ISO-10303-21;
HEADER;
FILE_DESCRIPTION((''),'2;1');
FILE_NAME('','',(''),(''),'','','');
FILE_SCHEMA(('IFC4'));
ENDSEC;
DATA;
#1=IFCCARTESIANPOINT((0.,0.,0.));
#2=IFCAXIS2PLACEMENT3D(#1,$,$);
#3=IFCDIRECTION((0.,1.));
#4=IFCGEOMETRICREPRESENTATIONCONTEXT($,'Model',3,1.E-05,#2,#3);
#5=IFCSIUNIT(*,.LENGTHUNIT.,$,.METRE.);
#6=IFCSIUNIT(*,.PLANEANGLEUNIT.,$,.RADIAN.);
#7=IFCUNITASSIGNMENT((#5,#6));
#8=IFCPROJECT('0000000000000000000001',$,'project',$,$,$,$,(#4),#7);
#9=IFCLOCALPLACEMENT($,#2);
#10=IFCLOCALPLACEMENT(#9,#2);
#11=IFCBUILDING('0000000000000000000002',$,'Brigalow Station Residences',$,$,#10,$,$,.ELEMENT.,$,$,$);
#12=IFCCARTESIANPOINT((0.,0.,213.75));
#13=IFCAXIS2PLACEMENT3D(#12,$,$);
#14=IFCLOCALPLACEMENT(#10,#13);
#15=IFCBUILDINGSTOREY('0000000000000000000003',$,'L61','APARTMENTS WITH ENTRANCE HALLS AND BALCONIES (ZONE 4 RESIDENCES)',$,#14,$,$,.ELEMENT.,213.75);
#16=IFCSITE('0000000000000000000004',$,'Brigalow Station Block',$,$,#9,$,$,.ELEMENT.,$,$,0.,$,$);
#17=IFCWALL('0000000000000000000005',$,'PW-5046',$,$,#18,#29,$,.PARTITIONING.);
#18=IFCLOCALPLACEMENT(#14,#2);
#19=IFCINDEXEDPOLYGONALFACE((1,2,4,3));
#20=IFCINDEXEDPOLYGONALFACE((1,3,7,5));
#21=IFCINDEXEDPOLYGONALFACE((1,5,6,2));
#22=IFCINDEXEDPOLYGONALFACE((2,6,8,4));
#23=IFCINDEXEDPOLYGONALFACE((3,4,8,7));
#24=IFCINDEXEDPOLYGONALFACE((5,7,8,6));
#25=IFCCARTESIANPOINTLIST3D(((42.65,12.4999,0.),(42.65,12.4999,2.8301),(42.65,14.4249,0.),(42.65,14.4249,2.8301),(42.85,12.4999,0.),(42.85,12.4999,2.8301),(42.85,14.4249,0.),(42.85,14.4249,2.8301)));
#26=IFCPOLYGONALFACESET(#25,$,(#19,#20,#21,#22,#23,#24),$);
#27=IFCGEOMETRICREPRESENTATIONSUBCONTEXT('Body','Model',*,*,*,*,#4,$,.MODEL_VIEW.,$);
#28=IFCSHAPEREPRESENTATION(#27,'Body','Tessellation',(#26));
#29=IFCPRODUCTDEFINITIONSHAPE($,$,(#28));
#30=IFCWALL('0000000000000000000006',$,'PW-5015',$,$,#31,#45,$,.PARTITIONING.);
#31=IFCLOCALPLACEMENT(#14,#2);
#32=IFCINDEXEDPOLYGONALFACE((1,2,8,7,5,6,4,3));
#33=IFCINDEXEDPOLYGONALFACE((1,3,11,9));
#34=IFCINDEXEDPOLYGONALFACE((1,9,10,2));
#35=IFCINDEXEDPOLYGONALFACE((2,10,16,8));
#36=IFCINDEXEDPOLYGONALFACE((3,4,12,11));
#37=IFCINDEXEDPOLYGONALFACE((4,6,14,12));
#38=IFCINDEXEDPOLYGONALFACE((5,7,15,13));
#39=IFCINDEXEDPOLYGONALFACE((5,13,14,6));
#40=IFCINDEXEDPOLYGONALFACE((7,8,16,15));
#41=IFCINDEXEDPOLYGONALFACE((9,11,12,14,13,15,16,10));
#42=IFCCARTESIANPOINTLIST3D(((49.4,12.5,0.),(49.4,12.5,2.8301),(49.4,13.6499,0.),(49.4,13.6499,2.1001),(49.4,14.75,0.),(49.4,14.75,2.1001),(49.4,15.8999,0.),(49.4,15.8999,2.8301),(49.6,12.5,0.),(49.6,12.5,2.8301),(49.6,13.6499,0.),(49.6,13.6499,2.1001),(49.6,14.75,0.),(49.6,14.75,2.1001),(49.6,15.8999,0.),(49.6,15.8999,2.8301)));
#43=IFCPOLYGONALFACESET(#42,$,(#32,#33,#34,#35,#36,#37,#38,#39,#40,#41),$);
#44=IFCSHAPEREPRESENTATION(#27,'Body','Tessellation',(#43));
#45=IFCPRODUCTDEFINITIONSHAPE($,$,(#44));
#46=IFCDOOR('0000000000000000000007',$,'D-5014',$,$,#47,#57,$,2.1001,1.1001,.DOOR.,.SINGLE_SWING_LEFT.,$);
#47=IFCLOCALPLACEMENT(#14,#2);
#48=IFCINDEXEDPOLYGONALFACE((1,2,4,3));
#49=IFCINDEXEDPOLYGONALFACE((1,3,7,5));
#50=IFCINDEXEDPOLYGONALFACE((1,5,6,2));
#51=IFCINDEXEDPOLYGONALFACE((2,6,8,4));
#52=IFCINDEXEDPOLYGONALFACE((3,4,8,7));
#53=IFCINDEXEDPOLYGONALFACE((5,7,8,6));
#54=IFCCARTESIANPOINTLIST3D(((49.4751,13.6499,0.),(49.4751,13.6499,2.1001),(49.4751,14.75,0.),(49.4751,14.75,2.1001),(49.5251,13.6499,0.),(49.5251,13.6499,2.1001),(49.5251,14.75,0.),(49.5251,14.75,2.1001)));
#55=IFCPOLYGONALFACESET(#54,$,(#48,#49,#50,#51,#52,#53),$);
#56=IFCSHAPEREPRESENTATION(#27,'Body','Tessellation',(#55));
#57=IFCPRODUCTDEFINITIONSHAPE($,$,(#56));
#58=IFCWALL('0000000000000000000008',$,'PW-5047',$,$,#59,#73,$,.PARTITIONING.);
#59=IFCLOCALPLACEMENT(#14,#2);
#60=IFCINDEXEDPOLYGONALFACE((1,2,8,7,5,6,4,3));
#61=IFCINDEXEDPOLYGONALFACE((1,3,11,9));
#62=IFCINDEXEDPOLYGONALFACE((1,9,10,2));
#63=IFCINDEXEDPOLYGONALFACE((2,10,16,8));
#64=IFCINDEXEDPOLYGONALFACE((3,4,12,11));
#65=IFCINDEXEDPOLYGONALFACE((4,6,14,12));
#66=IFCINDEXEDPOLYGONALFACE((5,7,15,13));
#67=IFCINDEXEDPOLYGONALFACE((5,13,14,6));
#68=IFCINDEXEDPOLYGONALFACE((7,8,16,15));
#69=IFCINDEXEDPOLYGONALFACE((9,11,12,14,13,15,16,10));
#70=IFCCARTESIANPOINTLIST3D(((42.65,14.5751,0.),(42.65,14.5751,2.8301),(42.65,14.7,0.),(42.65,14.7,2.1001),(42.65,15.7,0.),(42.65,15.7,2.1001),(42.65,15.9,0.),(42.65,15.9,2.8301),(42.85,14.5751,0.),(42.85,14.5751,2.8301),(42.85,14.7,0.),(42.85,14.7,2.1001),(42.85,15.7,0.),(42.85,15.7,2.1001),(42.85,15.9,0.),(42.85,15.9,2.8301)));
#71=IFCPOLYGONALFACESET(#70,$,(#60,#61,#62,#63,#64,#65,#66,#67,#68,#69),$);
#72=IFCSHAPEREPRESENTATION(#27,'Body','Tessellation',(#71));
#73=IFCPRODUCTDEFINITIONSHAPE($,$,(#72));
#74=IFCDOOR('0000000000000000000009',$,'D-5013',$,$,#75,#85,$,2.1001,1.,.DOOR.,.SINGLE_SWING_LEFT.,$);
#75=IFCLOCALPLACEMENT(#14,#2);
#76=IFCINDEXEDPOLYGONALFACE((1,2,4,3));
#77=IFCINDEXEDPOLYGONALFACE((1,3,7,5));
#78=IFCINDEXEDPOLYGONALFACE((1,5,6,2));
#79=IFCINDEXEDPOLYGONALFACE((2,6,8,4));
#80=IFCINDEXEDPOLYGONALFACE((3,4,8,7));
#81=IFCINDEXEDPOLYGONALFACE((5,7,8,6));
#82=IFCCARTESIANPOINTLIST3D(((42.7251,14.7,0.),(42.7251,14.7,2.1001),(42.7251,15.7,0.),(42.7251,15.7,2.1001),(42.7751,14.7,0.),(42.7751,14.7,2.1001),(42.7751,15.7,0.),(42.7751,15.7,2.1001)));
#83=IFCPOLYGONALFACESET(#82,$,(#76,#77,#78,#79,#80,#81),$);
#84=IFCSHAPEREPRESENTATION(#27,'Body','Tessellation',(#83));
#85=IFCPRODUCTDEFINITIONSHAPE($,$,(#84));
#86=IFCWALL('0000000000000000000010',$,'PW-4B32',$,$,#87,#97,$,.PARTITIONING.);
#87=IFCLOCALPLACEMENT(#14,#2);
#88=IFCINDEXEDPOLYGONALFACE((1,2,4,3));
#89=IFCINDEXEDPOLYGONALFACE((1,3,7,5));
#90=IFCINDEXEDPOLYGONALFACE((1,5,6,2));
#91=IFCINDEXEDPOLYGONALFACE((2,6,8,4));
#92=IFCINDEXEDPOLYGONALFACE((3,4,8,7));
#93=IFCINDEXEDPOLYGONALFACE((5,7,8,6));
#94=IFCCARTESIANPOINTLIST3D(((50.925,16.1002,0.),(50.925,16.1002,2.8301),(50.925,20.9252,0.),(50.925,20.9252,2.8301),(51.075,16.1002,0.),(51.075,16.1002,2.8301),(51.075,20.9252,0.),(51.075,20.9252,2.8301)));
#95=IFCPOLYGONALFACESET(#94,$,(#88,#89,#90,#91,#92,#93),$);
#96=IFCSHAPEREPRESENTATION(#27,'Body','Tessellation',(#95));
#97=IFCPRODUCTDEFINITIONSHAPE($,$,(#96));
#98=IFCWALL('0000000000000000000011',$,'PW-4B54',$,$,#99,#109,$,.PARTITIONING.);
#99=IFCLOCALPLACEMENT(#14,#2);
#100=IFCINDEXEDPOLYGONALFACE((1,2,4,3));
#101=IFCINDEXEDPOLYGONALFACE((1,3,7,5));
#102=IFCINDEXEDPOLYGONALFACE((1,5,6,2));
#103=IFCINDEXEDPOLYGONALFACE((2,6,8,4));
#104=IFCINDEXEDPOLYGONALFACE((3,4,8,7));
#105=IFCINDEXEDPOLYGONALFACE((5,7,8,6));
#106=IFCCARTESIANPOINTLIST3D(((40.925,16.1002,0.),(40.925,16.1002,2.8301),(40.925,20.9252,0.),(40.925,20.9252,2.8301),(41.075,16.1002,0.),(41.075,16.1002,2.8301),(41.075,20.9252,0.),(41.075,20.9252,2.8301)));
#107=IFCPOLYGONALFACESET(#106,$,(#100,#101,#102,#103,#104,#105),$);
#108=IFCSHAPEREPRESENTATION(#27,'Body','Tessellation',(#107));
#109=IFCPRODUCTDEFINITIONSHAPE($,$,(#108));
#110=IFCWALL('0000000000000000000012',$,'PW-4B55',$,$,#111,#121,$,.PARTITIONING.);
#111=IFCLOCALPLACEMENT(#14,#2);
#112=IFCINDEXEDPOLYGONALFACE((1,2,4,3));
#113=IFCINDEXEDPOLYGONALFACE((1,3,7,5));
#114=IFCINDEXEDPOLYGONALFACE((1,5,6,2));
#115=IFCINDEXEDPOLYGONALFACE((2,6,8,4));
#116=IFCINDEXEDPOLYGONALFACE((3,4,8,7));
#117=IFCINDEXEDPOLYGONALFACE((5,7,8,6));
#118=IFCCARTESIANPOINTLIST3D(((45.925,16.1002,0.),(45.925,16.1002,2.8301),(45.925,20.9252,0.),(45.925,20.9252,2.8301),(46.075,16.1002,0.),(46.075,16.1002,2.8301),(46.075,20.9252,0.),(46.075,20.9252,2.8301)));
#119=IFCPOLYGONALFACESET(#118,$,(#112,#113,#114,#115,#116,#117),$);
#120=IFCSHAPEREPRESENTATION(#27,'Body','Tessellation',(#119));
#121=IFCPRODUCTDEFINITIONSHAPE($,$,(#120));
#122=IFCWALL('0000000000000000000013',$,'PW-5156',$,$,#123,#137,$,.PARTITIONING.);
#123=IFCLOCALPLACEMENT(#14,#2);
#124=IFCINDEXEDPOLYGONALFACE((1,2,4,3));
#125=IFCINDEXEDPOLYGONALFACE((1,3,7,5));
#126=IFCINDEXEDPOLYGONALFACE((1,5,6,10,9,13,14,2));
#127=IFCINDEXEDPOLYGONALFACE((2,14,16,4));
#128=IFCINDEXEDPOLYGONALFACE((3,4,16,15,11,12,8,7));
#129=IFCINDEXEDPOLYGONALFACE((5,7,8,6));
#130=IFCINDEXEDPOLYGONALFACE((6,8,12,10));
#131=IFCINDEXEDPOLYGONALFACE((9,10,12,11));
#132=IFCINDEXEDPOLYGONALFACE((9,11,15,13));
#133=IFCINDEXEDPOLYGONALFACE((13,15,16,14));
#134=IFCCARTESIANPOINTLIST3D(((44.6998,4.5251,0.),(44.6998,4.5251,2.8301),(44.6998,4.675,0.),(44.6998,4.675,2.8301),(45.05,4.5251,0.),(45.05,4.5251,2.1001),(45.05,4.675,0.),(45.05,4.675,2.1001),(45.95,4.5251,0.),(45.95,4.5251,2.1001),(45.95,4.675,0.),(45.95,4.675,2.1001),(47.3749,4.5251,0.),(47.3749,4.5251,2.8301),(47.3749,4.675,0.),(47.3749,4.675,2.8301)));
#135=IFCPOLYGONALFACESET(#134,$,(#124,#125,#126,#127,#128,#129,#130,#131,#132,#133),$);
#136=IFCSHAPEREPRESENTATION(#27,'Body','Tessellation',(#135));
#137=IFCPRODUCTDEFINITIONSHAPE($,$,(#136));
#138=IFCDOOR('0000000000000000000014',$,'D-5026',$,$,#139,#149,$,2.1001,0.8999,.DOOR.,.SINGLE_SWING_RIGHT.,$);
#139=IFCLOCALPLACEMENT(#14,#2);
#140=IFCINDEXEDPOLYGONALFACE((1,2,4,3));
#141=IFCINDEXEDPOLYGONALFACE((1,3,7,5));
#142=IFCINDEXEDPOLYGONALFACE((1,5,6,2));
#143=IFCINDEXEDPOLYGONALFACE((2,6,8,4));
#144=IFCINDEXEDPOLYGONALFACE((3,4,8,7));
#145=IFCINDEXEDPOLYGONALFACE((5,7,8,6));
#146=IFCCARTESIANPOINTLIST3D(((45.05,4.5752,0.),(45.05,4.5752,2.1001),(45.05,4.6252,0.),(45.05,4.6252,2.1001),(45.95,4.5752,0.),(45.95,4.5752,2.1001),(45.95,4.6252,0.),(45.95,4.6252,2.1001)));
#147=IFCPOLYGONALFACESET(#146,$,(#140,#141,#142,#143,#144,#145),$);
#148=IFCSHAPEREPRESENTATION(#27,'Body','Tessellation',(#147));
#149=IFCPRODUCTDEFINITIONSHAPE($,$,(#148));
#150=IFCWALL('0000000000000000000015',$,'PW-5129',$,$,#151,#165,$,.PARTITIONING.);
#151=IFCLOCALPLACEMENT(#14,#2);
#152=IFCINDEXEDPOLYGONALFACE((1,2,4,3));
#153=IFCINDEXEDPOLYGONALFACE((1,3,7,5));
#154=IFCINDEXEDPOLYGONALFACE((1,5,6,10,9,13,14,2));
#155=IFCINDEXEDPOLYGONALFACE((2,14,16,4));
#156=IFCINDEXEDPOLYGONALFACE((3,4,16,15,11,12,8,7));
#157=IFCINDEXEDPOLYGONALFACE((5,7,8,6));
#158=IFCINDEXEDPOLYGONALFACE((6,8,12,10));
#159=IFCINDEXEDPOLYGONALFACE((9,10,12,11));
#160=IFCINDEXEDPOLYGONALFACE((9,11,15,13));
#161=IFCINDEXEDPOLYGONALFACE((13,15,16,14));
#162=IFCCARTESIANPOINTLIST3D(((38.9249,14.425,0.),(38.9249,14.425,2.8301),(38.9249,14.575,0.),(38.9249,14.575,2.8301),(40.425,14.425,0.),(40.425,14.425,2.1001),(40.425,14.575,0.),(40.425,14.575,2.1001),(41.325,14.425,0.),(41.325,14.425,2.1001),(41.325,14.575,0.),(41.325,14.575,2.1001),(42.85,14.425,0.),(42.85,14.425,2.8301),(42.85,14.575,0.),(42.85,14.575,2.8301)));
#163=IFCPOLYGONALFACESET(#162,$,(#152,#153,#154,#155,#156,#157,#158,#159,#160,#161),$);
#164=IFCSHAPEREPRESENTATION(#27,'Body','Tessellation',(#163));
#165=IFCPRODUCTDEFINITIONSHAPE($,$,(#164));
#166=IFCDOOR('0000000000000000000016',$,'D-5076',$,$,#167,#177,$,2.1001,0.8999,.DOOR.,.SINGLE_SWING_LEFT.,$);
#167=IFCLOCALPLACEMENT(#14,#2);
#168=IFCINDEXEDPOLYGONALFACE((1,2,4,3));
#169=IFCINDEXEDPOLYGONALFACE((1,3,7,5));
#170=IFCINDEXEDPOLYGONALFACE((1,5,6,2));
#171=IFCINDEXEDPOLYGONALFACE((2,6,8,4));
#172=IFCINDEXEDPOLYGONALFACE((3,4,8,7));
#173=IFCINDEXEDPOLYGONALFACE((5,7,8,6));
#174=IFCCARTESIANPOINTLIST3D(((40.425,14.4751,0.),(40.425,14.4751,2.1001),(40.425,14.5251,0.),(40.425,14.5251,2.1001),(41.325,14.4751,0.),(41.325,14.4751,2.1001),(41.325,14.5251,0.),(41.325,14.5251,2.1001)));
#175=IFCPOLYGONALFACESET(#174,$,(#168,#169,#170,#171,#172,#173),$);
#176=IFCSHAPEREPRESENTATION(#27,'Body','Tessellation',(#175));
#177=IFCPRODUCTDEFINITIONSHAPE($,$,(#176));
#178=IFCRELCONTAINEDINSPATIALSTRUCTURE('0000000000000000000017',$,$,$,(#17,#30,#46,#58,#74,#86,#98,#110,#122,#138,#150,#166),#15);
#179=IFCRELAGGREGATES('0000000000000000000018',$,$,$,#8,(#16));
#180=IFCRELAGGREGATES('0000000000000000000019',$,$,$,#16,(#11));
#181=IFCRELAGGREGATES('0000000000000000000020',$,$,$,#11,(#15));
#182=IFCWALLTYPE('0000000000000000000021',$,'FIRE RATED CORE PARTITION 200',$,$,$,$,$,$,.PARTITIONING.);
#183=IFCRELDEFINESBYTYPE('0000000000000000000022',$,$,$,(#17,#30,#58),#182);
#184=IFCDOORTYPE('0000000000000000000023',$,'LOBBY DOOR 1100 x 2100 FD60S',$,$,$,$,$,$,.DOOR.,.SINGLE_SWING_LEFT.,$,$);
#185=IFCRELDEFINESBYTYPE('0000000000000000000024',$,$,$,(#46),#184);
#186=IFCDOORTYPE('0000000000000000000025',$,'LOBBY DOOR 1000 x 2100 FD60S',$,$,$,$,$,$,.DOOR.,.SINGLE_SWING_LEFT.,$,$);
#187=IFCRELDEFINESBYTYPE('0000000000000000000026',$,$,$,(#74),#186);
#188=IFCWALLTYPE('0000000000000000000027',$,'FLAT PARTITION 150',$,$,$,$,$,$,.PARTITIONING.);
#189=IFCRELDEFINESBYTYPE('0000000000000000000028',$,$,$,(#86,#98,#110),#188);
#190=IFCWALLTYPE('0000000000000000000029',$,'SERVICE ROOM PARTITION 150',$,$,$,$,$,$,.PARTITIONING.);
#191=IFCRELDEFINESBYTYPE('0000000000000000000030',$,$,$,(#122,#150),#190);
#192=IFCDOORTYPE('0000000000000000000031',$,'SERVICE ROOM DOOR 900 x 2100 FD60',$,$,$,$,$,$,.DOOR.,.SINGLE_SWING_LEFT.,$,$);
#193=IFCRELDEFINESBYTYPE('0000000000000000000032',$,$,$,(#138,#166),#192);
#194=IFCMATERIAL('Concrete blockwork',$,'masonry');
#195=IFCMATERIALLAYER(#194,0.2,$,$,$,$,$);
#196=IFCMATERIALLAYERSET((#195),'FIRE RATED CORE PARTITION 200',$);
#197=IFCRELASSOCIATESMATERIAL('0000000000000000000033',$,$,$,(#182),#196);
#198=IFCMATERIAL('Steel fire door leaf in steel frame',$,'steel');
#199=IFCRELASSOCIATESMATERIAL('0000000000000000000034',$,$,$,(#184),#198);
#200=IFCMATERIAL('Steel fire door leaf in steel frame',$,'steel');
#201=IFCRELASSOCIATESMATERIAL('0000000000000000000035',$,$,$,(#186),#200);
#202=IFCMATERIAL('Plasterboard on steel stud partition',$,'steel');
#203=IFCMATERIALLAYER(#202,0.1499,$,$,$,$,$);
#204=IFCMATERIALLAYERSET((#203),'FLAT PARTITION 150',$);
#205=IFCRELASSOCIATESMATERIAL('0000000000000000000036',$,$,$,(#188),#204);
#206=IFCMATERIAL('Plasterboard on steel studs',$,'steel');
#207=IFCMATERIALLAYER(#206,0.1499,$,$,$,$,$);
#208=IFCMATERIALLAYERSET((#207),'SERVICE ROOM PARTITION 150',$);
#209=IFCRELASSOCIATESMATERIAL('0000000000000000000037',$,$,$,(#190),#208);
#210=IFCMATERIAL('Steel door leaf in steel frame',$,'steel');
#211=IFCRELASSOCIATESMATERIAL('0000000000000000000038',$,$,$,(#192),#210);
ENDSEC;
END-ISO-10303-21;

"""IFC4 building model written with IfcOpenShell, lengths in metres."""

from ifc_helpers import new_model, si_unit, direction, frame, frame_2d, origin, place, context, subcontext, project, spatial, rectangle, extrude, material, layer, layer_set, type_object, element, fill, save


model = new_model("IFC4")

# Units and contexts
model_context = context("Model", 3, precision=1e-05, world=origin(), true_north=direction((0.0, 1.0)))
body_context = subcontext(model_context, "Body", "Model", "MODEL_VIEW")
ifc_project = project(units=[si_unit("LENGTHUNIT", "METRE"), si_unit("PLANEANGLEUNIT", "RADIAN")], contexts=[model_context])

# Site, building, storey
site_placement = place(None, origin())
site = spatial("IfcSite", under=ifc_project, at=site_placement, Name="Brigalow Station Block", CompositionType="ELEMENT", RefElevation=0.0)
building_placement = place(site_placement, origin())
building = spatial("IfcBuilding", under=site, at=building_placement, Name="Brigalow Station Residences", CompositionType="ELEMENT")
storey_placement = place(building_placement, frame((0.0, 0.0, 213.75)))
storey = spatial("IfcBuildingStorey", under=building, at=storey_placement, Name="L61", Description="APARTMENTS WITH ENTRANCE HALLS AND BALCONIES (ZONE 4 RESIDENCES)", CompositionType="ELEMENT", Elevation=213.75)

# Shared definitions
ifc_material_1 = material(Name="Concrete blockwork", Category="masonry")
ifc_layer_1 = layer(ifc_material_1, 0.2)
ifc_layer_set_1 = layer_set([ifc_layer_1], Name="FIRE RATED CORE PARTITION 200")
wall_type_1 = type_object("IfcWallType", Name="FIRE RATED CORE PARTITION 200", PredefinedType="PARTITIONING", material=ifc_layer_set_1)

# Wall
wall_1_placement = place(storey_placement, frame((42.75, 12.5, 0.0), z_axis=(0.0, 0.0, 1.0), x_axis=(0.0, 1.0, 0.0)))
element("IfcWall", 1, at=wall_1_placement, inside=storey, type_object=wall_type_1, Name="PW-5046", PredefinedType="PARTITIONING", context=body_context, shape_type="SweptSolid", body=[
    extrude(rectangle(XDim=1.925, YDim=0.2, at=frame_2d((0.9624, 0.0))), origin(), (0.0, 0.0, 1.0), 2.8301),
])

# Walls, openings, doors
wall_2_placement = place(storey_placement, frame((49.5, 12.5, 0.0), z_axis=(0.0, 0.0, 1.0), x_axis=(0.0, 1.0, 0.0)))
wall_2 = element("IfcWall", 2, at=wall_2_placement, inside=storey, type_object=wall_type_1, Name="PW-5015", PredefinedType="PARTITIONING", context=body_context, shape_type="SweptSolid", body=[
    extrude(rectangle(XDim=3.3999, YDim=0.2, at=frame_2d((1.7, 0.0))), origin(), (0.0, 0.0, 1.0), 2.8301),
])
opening_1_placement = place(wall_2_placement, frame((1.1499, 0.0, 0.0)))
opening_1 = element("IfcOpeningElement", 3, at=opening_1_placement, cuts=wall_2, PredefinedType="OPENING", context=body_context, shape_type="SweptSolid", body=[
    extrude(rectangle(XDim=1.1001, YDim=2.1001, at=frame_2d((0.55, 1.05))), frame((0.0, 0.1099, 0.0), z_axis=(0.0, -1.0, 0.0), x_axis=(1.0, 0.0, 0.0)), (0.0, 0.0, 1.0), 0.22),
])
ifc_material_2 = material(Name="Steel fire door leaf in steel frame", Category="steel")
door_type_1 = type_object("IfcDoorType", Name="LOBBY DOOR 1100 x 2100 FD60S", OperationType="SINGLE_SWING_LEFT", PredefinedType="DOOR", material=ifc_material_2)
door_1_placement = place(opening_1_placement, origin())
door_1 = element("IfcDoor", 4, at=door_1_placement, inside=storey, type_object=door_type_1, Name="D-5014", OperationType="SINGLE_SWING_LEFT", OverallHeight=2.1001, OverallWidth=1.1001, PredefinedType="DOOR", context=body_context, shape_type="SweptSolid", body=[
    extrude(rectangle(XDim=1.1001, YDim=2.1001, at=frame_2d((0.55, 1.05))), frame((0.0, 0.0249, 0.0), z_axis=(0.0, -1.0, 0.0), x_axis=(1.0, 0.0, 0.0)), (0.0, 0.0, 1.0), 0.05),
])
fill(opening_1, door_1)
wall_3_placement = place(storey_placement, frame((42.75, 14.575, 0.0), z_axis=(0.0, 0.0, 1.0), x_axis=(0.0, 1.0, 0.0)))
wall_3 = element("IfcWall", 5, at=wall_3_placement, inside=storey, type_object=wall_type_1, Name="PW-5047", PredefinedType="PARTITIONING", context=body_context, shape_type="SweptSolid", body=[
    extrude(rectangle(XDim=1.325, YDim=0.2, at=frame_2d((0.6626, 0.0))), origin(), (0.0, 0.0, 1.0), 2.8301),
])
opening_2_placement = place(wall_3_placement, frame((0.125, 0.0, 0.0)))
opening_2 = element("IfcOpeningElement", 6, at=opening_2_placement, cuts=wall_3, PredefinedType="OPENING", context=body_context, shape_type="SweptSolid", body=[
    extrude(rectangle(XDim=1.0, YDim=2.1001, at=frame_2d((0.5, 1.05))), frame((0.0, 0.1099, 0.0), z_axis=(0.0, -1.0, 0.0), x_axis=(1.0, 0.0, 0.0)), (0.0, 0.0, 1.0), 0.22),
])
ifc_material_3 = material(Name="Steel fire door leaf in steel frame", Category="steel")
door_type_2 = type_object("IfcDoorType", Name="LOBBY DOOR 1000 x 2100 FD60S", OperationType="SINGLE_SWING_LEFT", PredefinedType="DOOR", material=ifc_material_3)
door_2_placement = place(opening_2_placement, origin())
door_2 = element("IfcDoor", 7, at=door_2_placement, inside=storey, type_object=door_type_2, Name="D-5013", OperationType="SINGLE_SWING_LEFT", OverallHeight=2.1001, OverallWidth=1.0, PredefinedType="DOOR", context=body_context, shape_type="SweptSolid", body=[
    extrude(rectangle(XDim=1.0, YDim=2.1001, at=frame_2d((0.5, 1.05))), frame((0.0, 0.0249, 0.0), z_axis=(0.0, -1.0, 0.0), x_axis=(1.0, 0.0, 0.0)), (0.0, 0.0, 1.0), 0.05),
])
fill(opening_2, door_2)

# Walls
ifc_material_4 = material(Name="Plasterboard on steel stud partition", Category="steel")
ifc_layer_2 = layer(ifc_material_4, 0.1499)
ifc_layer_set_2 = layer_set([ifc_layer_2], Name="FLAT PARTITION 150")
wall_type_2 = type_object("IfcWallType", Name="FLAT PARTITION 150", PredefinedType="PARTITIONING", material=ifc_layer_set_2)
for number, where, z_axis, x_axis, name in (
    (8, (51.0, 16.1001, 0.0), (0.0, 0.0, 1.0), (0.0, 1.0, 0.0), "PW-4B32"),
    (9, (41.0, 16.1001, 0.0), (0.0, 0.0, 1.0), (0.0, 1.0, 0.0), "PW-4B54"),
    (10, (46.0, 16.1001, 0.0), (0.0, 0.0, 1.0), (0.0, 1.0, 0.0), "PW-4B55"),
):
    element("IfcWall", number, at=place(storey_placement, frame(where, z_axis=z_axis, x_axis=x_axis)), inside=storey, type_object=wall_type_2, Name=name, PredefinedType="PARTITIONING", context=body_context, shape_type="SweptSolid", body=[
        extrude(rectangle(XDim=4.825, YDim=0.1499, at=frame_2d((2.4126, 0.0))), origin(), (0.0, 0.0, 1.0), 2.8301),
    ])

# Walls, openings, doors
ifc_material_5 = material(Name="Plasterboard on steel studs", Category="steel")
ifc_layer_3 = layer(ifc_material_5, 0.1499)
ifc_layer_set_3 = layer_set([ifc_layer_3], Name="SERVICE ROOM PARTITION 150")
wall_type_3 = type_object("IfcWallType", Name="SERVICE ROOM PARTITION 150", PredefinedType="PARTITIONING", material=ifc_layer_set_3)
wall_4_placement = place(storey_placement, frame((44.7, 4.6001, 0.0), z_axis=(0.0, 0.0, 1.0), x_axis=(1.0, 0.0, 0.0)))
wall_4 = element("IfcWall", 11, at=wall_4_placement, inside=storey, type_object=wall_type_3, Name="PW-5156", PredefinedType="PARTITIONING", context=body_context, shape_type="SweptSolid", body=[
    extrude(rectangle(XDim=2.675, YDim=0.1499, at=frame_2d((1.3374, 0.0))), origin(), (0.0, 0.0, 1.0), 2.8301),
])
opening_3_placement = place(wall_4_placement, frame((0.3501, 0.0, 0.0)))
opening_3 = element("IfcOpeningElement", 12, at=opening_3_placement, cuts=wall_4, PredefinedType="OPENING", context=body_context, shape_type="SweptSolid", body=[
    extrude(rectangle(XDim=0.8999, YDim=2.1001, at=frame_2d((0.45, 1.05))), frame((0.0, 0.085, 0.0), z_axis=(0.0, -1.0, 0.0), x_axis=(1.0, 0.0, 0.0)), (0.0, 0.0, 1.0), 0.1699),
])
ifc_material_6 = material(Name="Steel door leaf in steel frame", Category="steel")
door_type_3 = type_object("IfcDoorType", Name="SERVICE ROOM DOOR 900 x 2100 FD60", OperationType="SINGLE_SWING_LEFT", PredefinedType="DOOR", material=ifc_material_6)
door_3_placement = place(opening_3_placement, frame((0.8999, 0.0, 0.0), z_axis=(0.0, 0.0, 1.0), x_axis=(-1.0, 0.0, 0.0)))
door_3 = element("IfcDoor", 13, at=door_3_placement, inside=storey, type_object=door_type_3, Name="D-5026", OperationType="SINGLE_SWING_RIGHT", OverallHeight=2.1001, OverallWidth=0.8999, PredefinedType="DOOR", context=body_context, shape_type="SweptSolid", body=[
    extrude(rectangle(XDim=0.8999, YDim=2.1001, at=frame_2d((0.45, 1.05))), frame((0.0, 0.0249, 0.0), z_axis=(0.0, -1.0, 0.0), x_axis=(1.0, 0.0, 0.0)), (0.0, 0.0, 1.0), 0.05),
])
fill(opening_3, door_3)
wall_5_placement = place(storey_placement, frame((38.925, 14.5, 0.0), z_axis=(0.0, 0.0, 1.0), x_axis=(1.0, 0.0, 0.0)))
wall_5 = element("IfcWall", 14, at=wall_5_placement, inside=storey, type_object=wall_type_3, Name="PW-5129", PredefinedType="PARTITIONING", context=body_context, shape_type="SweptSolid", body=[
    extrude(rectangle(XDim=3.925, YDim=0.1499, at=frame_2d((1.9624, 0.0))), origin(), (0.0, 0.0, 1.0), 2.8301),
])
opening_4_placement = place(wall_5_placement, frame((1.5, 0.0, 0.0)))
opening_4 = element("IfcOpeningElement", 15, at=opening_4_placement, cuts=wall_5, PredefinedType="OPENING", context=body_context, shape_type="SweptSolid", body=[
    extrude(rectangle(XDim=0.8999, YDim=2.1001, at=frame_2d((0.45, 1.05))), frame((0.0, 0.085, 0.0), z_axis=(0.0, -1.0, 0.0), x_axis=(1.0, 0.0, 0.0)), (0.0, 0.0, 1.0), 0.1699),
])
door_4_placement = place(opening_4_placement, frame((0.8999, 0.0, 0.0), z_axis=(0.0, 0.0, 1.0), x_axis=(-1.0, 0.0, 0.0)))
door_4 = element("IfcDoor", 16, at=door_4_placement, inside=storey, type_object=door_type_3, Name="D-5076", OperationType="SINGLE_SWING_LEFT", OverallHeight=2.1001, OverallWidth=0.8999, PredefinedType="DOOR", context=body_context, shape_type="SweptSolid", body=[
    extrude(rectangle(XDim=0.8999, YDim=2.1001, at=frame_2d((0.45, 1.05))), frame((0.0, 0.0249, 0.0), z_axis=(0.0, -1.0, 0.0), x_axis=(1.0, 0.0, 0.0)), (0.0, 0.0, 1.0), 0.05),
])
fill(opening_4, door_4)

save(model, "model.ifc")
